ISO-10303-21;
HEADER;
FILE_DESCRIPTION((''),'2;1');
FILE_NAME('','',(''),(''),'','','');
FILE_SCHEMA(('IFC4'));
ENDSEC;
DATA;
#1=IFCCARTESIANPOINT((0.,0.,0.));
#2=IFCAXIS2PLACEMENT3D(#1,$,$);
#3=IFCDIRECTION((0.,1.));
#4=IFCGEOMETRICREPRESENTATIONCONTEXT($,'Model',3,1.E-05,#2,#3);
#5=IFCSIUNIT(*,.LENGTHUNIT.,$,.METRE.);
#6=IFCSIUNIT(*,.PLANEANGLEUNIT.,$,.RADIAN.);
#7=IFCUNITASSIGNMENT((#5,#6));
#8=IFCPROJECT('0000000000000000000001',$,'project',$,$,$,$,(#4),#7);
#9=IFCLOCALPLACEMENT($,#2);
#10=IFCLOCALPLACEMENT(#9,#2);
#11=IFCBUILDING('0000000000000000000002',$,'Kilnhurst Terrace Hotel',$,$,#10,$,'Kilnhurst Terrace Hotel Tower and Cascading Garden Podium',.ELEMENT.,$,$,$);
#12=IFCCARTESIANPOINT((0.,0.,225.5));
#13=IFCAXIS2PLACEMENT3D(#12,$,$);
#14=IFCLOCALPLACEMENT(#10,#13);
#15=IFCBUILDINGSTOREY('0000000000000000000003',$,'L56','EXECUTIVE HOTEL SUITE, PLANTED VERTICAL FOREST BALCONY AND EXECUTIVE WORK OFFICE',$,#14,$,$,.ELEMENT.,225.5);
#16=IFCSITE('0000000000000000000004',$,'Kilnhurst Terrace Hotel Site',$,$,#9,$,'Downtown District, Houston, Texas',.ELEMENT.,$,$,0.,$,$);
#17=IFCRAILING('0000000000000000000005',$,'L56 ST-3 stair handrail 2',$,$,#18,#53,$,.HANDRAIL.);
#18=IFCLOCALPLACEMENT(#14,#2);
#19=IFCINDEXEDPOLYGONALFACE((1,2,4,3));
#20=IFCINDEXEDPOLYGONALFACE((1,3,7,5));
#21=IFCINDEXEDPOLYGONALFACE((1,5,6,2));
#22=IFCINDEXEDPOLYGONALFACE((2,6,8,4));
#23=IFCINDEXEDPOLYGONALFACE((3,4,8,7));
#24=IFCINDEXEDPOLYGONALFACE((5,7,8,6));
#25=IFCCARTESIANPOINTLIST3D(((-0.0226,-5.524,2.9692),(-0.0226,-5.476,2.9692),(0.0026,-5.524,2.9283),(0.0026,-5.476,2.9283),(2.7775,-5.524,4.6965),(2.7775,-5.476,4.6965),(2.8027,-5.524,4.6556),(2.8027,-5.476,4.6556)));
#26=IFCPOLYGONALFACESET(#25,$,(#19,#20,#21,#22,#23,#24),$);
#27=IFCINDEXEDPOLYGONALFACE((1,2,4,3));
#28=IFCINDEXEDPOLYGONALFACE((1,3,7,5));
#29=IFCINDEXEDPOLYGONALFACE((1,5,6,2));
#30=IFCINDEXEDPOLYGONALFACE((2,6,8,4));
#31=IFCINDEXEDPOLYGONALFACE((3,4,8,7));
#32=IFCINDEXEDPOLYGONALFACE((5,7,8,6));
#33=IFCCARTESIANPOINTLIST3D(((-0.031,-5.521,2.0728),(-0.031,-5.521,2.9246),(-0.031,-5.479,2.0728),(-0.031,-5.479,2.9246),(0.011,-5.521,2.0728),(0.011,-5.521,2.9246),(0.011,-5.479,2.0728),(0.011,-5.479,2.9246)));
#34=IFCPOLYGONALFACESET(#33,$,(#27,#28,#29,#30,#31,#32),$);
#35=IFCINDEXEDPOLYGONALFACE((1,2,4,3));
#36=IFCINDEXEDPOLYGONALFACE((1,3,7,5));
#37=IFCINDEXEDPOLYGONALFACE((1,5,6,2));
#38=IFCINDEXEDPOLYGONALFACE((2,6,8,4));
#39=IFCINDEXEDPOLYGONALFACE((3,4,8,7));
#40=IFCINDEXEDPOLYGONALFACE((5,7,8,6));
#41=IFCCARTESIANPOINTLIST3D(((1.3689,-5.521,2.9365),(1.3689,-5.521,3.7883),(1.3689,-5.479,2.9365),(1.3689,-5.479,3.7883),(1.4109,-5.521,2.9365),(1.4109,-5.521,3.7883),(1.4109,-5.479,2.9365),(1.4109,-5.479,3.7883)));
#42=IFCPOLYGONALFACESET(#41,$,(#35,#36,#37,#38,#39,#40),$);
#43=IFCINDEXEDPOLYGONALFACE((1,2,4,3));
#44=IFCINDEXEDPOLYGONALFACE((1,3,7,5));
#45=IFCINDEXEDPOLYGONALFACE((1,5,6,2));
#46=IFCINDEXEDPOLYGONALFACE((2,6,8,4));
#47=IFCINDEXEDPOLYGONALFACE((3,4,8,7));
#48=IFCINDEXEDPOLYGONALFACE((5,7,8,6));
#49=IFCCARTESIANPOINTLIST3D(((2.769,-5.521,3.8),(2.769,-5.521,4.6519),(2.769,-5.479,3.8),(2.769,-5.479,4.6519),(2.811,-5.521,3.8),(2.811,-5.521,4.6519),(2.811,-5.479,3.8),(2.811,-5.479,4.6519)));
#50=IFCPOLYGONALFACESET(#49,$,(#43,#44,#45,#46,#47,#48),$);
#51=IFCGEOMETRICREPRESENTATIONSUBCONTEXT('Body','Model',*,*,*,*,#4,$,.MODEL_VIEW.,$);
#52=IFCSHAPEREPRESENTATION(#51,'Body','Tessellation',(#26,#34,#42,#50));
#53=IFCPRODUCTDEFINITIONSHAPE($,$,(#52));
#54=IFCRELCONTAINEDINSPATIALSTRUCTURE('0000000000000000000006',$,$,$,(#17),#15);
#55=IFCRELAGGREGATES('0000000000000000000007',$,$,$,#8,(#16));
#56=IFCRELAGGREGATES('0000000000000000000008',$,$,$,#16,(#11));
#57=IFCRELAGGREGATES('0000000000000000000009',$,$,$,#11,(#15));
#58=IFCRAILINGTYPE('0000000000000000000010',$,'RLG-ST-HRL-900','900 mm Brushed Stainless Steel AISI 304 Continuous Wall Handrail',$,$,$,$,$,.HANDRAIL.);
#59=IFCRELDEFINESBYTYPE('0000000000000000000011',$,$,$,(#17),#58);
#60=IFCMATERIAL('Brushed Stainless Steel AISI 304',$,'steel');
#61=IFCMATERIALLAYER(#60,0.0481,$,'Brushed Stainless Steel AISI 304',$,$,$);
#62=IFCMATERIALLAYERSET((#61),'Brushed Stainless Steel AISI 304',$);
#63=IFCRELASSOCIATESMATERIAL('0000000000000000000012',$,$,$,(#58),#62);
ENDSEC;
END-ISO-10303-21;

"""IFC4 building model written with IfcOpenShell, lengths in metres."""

from ifc_helpers import new_model, si_unit, direction, frame, origin, origin_2d, place, context, subcontext, project, spatial, rectangle, extrude, material, layer, layer_set, type_object, element, save


model = new_model("IFC4")

# Units and contexts
model_context = context("Model", 3, precision=1e-05, world=origin(), true_north=direction((0.0, 1.0)))
body_context = subcontext(model_context, "Body", "Model", "MODEL_VIEW")
ifc_project = project(units=[si_unit("LENGTHUNIT", "METRE"), si_unit("PLANEANGLEUNIT", "RADIAN")], contexts=[model_context])

# Site, building, storey
site_placement = place(None, origin())
site = spatial("IfcSite", under=ifc_project, at=site_placement, Name="Kilnhurst Terrace Hotel Site", LongName="Downtown District, Houston, Texas", CompositionType="ELEMENT", RefElevation=0.0)
building_placement = place(site_placement, origin())
building = spatial("IfcBuilding", under=site, at=building_placement, Name="Kilnhurst Terrace Hotel", LongName="Kilnhurst Terrace Hotel Tower and Cascading Garden Podium", CompositionType="ELEMENT")
storey_placement = place(building_placement, frame((0.0, 0.0, 225.5)))
storey = spatial("IfcBuildingStorey", under=building, at=storey_placement, Name="L56", Description="EXECUTIVE HOTEL SUITE, PLANTED VERTICAL FOREST BALCONY AND EXECUTIVE WORK OFFICE", CompositionType="ELEMENT", Elevation=225.5)

# Railing
ifc_material_1 = material(Name="Brushed Stainless Steel AISI 304", Category="steel")
ifc_layer_1 = layer(ifc_material_1, 0.0481, Name="Brushed Stainless Steel AISI 304")
ifc_layer_set_1 = layer_set([ifc_layer_1], Name="Brushed Stainless Steel AISI 304")
railing_type_1 = type_object("IfcRailingType", Name="RLG-ST-HRL-900", Description="900 mm Brushed Stainless Steel AISI 304 Continuous Wall Handrail", PredefinedType="HANDRAIL", material=ifc_layer_set_1)
railing_1_placement = place(storey_placement, frame((-0.01, -5.5, 2.0728)))
element("IfcRailing", 1, at=railing_1_placement, inside=storey, type_object=railing_type_1, Name="L56 ST-3 stair handrail 2", PredefinedType="HANDRAIL", context=body_context, shape_type="SweptSolid", body=[
    extrude(rectangle(XDim=0.0481, YDim=0.0481, at=origin_2d()), frame((0.0, 0.0, 0.876), z_axis=(0.85109, 0.0, 0.52502), x_axis=(0.0, 1.0, 0.0)), (0.0, 0.0, 1.0), 3.29),
    extrude(rectangle(XDim=0.042, YDim=0.042, at=origin_2d()), origin(), (0.0, 0.0, 1.0), 0.8518),
    extrude(rectangle(XDim=0.042, YDim=0.042, at=origin_2d()), frame((1.3999, 0.0, 0.8638)), (0.0, 0.0, 1.0), 0.8518),
    extrude(rectangle(XDim=0.042, YDim=0.042, at=origin_2d()), frame((2.8, 0.0, 1.7273)), (0.0, 0.0, 1.0), 0.8518),
])

save(model, "model.ifc")
